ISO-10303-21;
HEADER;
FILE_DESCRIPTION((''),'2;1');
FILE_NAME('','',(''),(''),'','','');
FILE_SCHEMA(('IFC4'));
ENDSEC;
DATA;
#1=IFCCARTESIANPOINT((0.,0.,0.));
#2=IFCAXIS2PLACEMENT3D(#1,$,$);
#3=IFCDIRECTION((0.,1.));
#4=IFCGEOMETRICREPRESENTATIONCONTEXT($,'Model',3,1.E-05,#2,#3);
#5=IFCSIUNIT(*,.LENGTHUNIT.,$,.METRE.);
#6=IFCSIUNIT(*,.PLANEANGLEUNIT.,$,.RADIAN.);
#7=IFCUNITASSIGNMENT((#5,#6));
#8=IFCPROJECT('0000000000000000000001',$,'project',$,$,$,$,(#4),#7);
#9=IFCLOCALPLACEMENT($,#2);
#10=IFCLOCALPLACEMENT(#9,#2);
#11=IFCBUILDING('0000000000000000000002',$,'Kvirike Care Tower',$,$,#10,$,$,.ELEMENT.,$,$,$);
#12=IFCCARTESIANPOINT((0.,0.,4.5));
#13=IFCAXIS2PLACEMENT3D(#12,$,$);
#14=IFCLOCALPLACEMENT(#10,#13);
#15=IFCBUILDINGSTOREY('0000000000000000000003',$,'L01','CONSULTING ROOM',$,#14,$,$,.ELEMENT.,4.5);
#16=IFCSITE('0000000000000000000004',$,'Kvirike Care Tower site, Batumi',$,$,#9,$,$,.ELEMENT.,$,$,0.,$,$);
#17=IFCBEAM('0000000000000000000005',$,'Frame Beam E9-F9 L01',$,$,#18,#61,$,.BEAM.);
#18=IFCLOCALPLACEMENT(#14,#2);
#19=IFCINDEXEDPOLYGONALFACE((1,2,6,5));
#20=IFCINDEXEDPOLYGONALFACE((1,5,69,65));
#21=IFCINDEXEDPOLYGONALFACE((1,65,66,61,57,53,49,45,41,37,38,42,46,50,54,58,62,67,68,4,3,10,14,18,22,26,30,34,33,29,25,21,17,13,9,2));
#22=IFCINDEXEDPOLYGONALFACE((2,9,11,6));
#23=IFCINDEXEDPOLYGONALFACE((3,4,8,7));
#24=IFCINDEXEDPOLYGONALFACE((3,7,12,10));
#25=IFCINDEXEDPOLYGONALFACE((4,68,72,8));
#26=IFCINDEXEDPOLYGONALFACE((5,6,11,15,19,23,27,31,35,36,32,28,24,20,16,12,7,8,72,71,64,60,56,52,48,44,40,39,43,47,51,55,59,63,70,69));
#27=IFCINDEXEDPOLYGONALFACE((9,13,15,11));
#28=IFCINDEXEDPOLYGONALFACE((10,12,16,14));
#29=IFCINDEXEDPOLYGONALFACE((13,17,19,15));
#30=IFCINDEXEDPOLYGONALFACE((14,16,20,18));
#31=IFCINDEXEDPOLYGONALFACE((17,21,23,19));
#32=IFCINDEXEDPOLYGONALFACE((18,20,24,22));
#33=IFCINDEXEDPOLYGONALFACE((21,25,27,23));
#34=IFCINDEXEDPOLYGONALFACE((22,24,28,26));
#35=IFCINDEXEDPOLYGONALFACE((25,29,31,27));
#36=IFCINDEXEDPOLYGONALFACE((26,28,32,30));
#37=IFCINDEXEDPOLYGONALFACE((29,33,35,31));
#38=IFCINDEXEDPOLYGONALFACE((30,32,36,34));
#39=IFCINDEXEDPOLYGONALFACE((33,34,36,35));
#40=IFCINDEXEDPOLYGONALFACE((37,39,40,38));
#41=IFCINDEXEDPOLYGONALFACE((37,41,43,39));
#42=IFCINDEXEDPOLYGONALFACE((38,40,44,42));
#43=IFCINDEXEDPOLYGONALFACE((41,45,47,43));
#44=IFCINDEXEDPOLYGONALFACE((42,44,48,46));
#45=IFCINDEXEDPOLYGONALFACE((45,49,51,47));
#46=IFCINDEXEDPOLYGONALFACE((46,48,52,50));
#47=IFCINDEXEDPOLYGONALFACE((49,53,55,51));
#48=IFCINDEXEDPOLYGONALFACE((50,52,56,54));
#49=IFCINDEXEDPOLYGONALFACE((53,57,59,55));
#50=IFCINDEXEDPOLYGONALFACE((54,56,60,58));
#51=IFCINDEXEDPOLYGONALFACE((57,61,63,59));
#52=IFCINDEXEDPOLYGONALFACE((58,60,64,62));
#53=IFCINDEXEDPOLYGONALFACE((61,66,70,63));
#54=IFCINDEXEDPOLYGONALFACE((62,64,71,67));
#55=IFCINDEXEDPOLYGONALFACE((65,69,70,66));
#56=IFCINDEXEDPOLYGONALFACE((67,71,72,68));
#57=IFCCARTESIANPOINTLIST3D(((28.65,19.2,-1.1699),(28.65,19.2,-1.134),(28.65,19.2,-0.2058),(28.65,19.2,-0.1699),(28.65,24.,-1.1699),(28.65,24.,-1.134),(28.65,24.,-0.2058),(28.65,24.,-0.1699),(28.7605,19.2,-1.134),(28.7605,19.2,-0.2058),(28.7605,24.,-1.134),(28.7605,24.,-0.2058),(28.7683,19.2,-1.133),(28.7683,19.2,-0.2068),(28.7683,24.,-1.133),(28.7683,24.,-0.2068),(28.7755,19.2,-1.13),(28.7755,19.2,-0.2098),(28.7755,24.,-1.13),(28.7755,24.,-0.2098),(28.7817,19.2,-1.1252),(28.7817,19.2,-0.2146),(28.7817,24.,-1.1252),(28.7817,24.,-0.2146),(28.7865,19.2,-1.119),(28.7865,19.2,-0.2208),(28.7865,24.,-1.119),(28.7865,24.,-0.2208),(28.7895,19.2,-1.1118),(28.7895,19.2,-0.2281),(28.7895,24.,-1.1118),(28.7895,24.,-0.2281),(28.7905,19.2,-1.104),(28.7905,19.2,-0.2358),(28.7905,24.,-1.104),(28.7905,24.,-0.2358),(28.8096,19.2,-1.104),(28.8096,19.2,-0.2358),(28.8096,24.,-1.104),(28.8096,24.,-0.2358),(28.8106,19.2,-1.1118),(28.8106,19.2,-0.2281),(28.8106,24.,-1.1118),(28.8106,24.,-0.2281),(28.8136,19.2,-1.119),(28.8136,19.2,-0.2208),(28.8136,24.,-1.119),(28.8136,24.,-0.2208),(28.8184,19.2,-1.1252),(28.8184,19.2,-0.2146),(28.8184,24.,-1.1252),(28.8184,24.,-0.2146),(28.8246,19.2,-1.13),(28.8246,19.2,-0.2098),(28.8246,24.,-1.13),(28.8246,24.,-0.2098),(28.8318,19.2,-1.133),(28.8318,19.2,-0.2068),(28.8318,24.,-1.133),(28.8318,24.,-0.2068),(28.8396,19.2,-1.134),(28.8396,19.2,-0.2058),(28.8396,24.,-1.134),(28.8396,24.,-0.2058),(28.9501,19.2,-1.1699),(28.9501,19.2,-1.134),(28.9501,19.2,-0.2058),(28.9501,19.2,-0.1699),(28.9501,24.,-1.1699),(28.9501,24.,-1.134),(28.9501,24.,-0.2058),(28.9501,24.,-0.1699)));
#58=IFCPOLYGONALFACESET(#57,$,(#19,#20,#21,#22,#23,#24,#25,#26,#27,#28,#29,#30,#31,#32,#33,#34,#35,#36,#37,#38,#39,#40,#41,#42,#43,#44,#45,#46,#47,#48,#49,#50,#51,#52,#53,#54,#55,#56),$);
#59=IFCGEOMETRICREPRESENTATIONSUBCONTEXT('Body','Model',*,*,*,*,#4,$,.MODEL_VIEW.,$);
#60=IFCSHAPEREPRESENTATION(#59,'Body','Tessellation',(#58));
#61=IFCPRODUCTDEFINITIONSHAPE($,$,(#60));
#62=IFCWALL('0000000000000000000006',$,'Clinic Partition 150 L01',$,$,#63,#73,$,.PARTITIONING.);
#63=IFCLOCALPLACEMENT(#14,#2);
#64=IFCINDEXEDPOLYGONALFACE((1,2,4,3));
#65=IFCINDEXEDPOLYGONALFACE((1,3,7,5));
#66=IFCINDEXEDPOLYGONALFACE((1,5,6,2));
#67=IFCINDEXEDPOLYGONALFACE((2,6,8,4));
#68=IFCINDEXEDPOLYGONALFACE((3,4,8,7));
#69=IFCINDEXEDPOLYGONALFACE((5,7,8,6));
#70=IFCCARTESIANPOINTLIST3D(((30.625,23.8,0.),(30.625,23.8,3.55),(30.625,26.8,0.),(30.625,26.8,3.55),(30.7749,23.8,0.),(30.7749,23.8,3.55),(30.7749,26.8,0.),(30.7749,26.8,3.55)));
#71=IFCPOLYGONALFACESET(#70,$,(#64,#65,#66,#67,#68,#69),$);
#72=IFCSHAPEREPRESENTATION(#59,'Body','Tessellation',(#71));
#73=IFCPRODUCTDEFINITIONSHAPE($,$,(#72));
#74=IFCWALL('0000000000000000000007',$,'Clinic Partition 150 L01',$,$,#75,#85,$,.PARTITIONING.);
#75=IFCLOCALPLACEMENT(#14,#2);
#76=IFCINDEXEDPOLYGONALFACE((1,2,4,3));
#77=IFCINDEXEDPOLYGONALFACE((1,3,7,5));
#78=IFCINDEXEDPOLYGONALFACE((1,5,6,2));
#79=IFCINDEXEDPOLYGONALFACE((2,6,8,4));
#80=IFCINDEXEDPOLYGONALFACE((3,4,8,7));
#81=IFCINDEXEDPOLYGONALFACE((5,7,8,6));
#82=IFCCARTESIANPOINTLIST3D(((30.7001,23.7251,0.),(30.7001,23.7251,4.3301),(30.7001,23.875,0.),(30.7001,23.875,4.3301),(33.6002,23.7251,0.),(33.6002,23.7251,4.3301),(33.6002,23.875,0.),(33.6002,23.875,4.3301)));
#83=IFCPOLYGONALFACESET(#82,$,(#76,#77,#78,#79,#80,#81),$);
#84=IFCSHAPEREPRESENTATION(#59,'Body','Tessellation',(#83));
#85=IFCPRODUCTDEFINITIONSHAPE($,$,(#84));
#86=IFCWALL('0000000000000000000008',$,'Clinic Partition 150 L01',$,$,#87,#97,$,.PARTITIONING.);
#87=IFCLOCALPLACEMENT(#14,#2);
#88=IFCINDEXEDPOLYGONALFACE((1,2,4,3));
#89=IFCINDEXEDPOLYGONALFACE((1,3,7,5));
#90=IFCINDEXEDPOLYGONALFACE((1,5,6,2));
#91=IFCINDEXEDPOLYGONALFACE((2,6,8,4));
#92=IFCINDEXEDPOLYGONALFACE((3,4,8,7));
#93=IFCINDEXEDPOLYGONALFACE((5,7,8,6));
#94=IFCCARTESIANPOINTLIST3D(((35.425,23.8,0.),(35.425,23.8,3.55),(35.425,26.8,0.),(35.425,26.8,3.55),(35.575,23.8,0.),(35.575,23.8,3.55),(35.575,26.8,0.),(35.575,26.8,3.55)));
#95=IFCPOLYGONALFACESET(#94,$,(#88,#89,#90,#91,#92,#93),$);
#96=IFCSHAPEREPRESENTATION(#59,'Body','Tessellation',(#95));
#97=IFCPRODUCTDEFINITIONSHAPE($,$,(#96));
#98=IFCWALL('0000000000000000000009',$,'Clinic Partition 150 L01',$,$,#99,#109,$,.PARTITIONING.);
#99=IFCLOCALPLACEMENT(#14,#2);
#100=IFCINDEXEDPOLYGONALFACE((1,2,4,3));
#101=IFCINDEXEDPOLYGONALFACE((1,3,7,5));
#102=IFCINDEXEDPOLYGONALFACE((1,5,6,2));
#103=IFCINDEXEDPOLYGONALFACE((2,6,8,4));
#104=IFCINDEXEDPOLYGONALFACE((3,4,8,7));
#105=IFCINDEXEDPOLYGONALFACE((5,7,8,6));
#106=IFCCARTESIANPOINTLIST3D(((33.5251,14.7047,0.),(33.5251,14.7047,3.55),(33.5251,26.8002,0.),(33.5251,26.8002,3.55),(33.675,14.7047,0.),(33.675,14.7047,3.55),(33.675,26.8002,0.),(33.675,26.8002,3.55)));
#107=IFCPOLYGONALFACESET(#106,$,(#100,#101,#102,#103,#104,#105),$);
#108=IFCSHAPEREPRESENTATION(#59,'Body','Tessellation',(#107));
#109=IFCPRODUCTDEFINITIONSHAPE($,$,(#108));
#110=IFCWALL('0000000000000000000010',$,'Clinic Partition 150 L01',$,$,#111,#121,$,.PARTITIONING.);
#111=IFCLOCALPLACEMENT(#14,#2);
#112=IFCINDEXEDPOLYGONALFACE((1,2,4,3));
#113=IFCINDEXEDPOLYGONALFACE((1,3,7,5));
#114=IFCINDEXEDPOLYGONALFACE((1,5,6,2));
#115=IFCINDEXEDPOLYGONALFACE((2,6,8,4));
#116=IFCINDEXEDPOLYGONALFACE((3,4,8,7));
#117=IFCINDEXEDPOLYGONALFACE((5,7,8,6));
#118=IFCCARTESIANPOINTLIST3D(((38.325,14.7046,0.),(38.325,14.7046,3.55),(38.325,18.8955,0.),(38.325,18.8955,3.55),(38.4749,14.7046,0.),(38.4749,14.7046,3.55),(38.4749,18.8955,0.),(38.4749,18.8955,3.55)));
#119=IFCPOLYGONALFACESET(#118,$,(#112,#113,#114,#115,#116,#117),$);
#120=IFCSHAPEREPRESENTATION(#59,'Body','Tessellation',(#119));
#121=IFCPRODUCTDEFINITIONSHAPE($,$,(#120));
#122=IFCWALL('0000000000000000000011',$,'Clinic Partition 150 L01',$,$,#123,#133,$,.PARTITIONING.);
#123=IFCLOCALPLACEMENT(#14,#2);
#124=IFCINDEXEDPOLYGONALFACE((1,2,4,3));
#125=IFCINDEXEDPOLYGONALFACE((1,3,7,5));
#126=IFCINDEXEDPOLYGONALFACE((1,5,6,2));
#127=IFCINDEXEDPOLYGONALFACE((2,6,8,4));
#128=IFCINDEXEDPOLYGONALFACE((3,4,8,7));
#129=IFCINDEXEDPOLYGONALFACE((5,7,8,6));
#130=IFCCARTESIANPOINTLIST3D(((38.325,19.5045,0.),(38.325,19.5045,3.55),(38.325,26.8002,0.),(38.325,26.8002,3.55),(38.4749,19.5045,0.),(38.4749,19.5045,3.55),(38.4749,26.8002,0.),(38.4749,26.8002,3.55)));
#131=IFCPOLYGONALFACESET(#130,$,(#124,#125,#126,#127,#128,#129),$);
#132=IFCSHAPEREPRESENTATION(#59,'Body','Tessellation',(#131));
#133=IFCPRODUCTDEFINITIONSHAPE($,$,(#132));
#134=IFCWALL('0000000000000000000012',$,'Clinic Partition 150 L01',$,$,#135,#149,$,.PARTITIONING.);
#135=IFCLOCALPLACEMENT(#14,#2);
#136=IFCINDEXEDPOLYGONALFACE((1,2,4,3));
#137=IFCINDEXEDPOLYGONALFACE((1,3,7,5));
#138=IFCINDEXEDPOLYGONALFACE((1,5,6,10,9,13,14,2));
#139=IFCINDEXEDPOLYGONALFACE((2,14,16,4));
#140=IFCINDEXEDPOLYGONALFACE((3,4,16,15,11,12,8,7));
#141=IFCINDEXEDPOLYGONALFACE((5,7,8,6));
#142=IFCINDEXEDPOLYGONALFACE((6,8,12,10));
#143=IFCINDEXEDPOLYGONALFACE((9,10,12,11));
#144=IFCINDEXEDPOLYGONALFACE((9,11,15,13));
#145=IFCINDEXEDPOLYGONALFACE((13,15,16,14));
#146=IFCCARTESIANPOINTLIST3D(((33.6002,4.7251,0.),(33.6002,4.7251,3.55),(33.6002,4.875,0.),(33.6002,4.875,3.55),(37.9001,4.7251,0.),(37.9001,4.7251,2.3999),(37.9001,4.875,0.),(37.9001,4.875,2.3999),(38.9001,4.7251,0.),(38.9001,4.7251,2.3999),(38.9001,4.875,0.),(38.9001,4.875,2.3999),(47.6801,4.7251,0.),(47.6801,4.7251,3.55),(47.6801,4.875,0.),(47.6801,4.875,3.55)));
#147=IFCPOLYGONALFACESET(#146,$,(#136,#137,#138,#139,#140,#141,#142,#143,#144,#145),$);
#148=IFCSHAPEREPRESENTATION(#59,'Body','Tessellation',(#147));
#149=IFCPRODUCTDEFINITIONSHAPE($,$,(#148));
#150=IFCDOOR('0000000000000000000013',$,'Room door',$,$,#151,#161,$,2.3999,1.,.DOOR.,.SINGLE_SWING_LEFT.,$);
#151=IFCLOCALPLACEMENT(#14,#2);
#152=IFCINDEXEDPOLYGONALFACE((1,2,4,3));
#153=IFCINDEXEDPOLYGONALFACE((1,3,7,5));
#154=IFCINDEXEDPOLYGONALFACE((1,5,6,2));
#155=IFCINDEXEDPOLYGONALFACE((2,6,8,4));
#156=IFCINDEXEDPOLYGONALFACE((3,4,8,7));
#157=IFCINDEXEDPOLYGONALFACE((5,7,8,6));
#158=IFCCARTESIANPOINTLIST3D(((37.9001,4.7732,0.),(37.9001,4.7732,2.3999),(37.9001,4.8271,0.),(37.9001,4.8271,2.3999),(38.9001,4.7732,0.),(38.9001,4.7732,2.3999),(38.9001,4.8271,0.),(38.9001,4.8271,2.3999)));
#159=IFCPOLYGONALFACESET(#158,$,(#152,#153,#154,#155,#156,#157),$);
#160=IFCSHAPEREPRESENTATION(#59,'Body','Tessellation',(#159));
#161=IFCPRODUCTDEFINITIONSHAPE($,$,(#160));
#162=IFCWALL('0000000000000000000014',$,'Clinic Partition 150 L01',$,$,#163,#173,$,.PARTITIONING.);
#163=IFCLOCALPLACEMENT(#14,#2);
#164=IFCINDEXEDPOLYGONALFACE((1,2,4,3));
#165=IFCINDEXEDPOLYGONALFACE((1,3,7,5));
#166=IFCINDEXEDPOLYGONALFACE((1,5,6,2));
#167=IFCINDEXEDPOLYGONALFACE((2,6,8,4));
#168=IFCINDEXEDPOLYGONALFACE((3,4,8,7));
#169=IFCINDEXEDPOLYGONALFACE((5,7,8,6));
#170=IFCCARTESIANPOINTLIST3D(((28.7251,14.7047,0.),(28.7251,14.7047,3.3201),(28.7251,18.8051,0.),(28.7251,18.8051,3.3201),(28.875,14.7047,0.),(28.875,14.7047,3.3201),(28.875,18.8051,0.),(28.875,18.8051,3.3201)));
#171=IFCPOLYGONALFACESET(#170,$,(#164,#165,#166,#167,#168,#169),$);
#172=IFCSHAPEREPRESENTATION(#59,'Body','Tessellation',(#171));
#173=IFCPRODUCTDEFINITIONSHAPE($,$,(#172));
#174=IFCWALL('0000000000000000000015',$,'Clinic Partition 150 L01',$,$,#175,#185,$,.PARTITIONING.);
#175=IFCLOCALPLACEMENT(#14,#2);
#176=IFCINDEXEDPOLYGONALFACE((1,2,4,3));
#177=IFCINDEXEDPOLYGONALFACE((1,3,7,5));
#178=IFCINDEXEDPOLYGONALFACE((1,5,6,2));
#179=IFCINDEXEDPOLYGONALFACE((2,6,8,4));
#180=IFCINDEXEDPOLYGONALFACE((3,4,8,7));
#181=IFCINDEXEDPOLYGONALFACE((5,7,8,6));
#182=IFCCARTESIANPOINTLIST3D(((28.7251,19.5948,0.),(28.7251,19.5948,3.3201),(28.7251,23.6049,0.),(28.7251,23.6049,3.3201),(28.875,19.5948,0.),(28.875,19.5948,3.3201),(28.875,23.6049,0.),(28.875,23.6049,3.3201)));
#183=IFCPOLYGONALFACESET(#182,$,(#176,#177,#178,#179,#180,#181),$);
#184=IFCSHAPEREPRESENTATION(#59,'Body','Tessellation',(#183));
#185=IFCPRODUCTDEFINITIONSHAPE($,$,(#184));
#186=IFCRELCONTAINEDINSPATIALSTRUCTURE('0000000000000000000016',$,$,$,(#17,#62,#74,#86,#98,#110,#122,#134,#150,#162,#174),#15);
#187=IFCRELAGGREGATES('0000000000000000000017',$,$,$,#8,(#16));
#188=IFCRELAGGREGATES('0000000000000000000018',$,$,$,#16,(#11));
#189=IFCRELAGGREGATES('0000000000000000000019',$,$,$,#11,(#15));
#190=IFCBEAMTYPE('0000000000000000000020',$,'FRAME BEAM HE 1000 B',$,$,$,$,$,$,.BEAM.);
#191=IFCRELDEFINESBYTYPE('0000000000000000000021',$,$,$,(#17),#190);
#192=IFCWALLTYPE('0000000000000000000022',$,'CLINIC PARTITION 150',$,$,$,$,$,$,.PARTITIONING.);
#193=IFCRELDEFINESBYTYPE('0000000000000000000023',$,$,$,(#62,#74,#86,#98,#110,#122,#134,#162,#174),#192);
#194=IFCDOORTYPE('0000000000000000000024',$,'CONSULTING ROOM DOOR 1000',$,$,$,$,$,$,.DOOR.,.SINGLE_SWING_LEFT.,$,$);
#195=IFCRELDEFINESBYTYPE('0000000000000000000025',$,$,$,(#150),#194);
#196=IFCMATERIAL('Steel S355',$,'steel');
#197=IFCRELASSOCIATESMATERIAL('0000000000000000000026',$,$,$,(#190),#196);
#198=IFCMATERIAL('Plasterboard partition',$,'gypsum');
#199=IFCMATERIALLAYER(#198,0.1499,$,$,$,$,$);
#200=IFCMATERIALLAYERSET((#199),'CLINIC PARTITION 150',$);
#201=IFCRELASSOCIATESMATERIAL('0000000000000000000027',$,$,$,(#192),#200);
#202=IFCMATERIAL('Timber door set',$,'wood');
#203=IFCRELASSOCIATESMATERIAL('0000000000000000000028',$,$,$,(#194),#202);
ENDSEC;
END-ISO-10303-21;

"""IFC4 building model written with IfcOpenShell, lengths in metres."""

from ifc_helpers import new_model, si_unit, direction, frame, frame_2d, origin, origin_2d, place, context, subcontext, project, spatial, rectangle, i_section, extrude, material, layer, layer_set, material_profile, profile_set, type_object, element, fill, save


model = new_model("IFC4")

# Units and contexts
model_context = context("Model", 3, precision=1e-05, world=origin(), true_north=direction((0.0, 1.0)))
body_context = subcontext(model_context, "Body", "Model", "MODEL_VIEW")
ifc_project = project(units=[si_unit("LENGTHUNIT", "METRE"), si_unit("PLANEANGLEUNIT", "RADIAN")], contexts=[model_context])

# Site, building, storey
site_placement = place(None, origin())
site = spatial("IfcSite", under=ifc_project, at=site_placement, Name="Kvirike Care Tower site, Batumi", CompositionType="ELEMENT", RefElevation=0.0)
building_placement = place(site_placement, origin())
building = spatial("IfcBuilding", under=site, at=building_placement, Name="Kvirike Care Tower", CompositionType="ELEMENT")
storey_placement = place(building_placement, frame((0.0, 0.0, 4.5)))
storey = spatial("IfcBuildingStorey", under=building, at=storey_placement, Name="L01", Description="CONSULTING ROOM", CompositionType="ELEMENT", Elevation=4.5)

# Beam
ifc_material_1 = material(Name="Steel S355", Category="steel")
ifc_material_profile_1 = material_profile(ifc_material_1, i_section(OverallWidth=0.3, OverallDepth=1.0, WebThickness=0.019, FlangeThickness=0.0359, FilletRadius=0.03, at=origin_2d()), Name="HE 1000 B")
ifc_profile_set_1 = profile_set([ifc_material_profile_1], Name="Steel S355")
beam_type_1 = type_object("IfcBeamType", Name="FRAME BEAM HE 1000 B", PredefinedType="BEAM", material=ifc_profile_set_1)
for number, where, z_axis, x_axis, name in (
    (1, (28.8, 19.2, -0.6699), (0.0, 1.0, 0.0), (-1.0, 0.0, 0.0), "Frame Beam E9-F9 L01"),
):
    element("IfcBeam", number, at=place(storey_placement, frame(where, z_axis=z_axis, x_axis=x_axis)), inside=storey, type_object=beam_type_1, Name=name, PredefinedType="BEAM", context=body_context, shape_type="SweptSolid", body=[
        extrude(i_section(OverallWidth=0.3, OverallDepth=1.0, WebThickness=0.019, FlangeThickness=0.0359, FilletRadius=0.03, at=origin_2d()), origin(), (0.0, 0.0, 1.0), 4.8),
    ])

# Walls
ifc_material_2 = material(Name="Plasterboard partition", Category="gypsum")
ifc_layer_1 = layer(ifc_material_2, 0.1499)
ifc_layer_set_1 = layer_set([ifc_layer_1], Name="CLINIC PARTITION 150")
wall_type_1 = type_object("IfcWallType", Name="CLINIC PARTITION 150", PredefinedType="PARTITIONING", material=ifc_layer_set_1)
wall_1_placement = place(storey_placement, frame((30.7, 23.8, 0.0), z_axis=(0.0, 0.0, 1.0), x_axis=(0.0, 1.0, 0.0)))
element("IfcWall", 2, at=wall_1_placement, inside=storey, type_object=wall_type_1, Name="Clinic Partition 150 L01", PredefinedType="PARTITIONING", context=body_context, shape_type="SweptSolid", body=[
    extrude(rectangle(XDim=3.0, YDim=0.1499, at=frame_2d((1.5, 0.0))), origin(), (0.0, 0.0, 1.0), 3.55),
])
wall_2_placement = place(storey_placement, frame((30.7, 23.8, 0.0), z_axis=(0.0, 0.0, 1.0), x_axis=(1.0, 0.0, 0.0)))
element("IfcWall", 3, at=wall_2_placement, inside=storey, type_object=wall_type_1, Name="Clinic Partition 150 L01", PredefinedType="PARTITIONING", context=body_context, shape_type="SweptSolid", body=[
    extrude(rectangle(XDim=2.9001, YDim=0.1499, at=frame_2d((1.4502, 0.0))), origin(), (0.0, 0.0, 1.0), 4.3301),
])
wall_3_placement = place(storey_placement, frame((35.5, 23.8, 0.0), z_axis=(0.0, 0.0, 1.0), x_axis=(0.0, 1.0, 0.0)))
element("IfcWall", 4, at=wall_3_placement, inside=storey, type_object=wall_type_1, Name="Clinic Partition 150 L01", PredefinedType="PARTITIONING", context=body_context, shape_type="SweptSolid", body=[
    extrude(rectangle(XDim=3.0, YDim=0.1499, at=frame_2d((1.5, 0.0))), origin(), (0.0, 0.0, 1.0), 3.55),
])
wall_4_placement = place(storey_placement, frame((33.6001, 14.7046, 0.0), z_axis=(0.0, 0.0, 1.0), x_axis=(0.0, 1.0, 0.0)))
element("IfcWall", 5, at=wall_4_placement, inside=storey, type_object=wall_type_1, Name="Clinic Partition 150 L01", PredefinedType="PARTITIONING", context=body_context, shape_type="SweptSolid", body=[
    extrude(rectangle(XDim=12.0955, YDim=0.1499, at=frame_2d((6.0479, 0.0))), origin(), (0.0, 0.0, 1.0), 3.55),
])
wall_5_placement = place(storey_placement, frame((38.3999, 14.7046, 0.0), z_axis=(0.0, 0.0, 1.0), x_axis=(0.0, 1.0, 0.0)))
element("IfcWall", 6, at=wall_5_placement, inside=storey, type_object=wall_type_1, Name="Clinic Partition 150 L01", PredefinedType="PARTITIONING", context=body_context, shape_type="SweptSolid", body=[
    extrude(rectangle(XDim=4.1909, YDim=0.1499, at=frame_2d((2.0955, 0.0))), origin(), (0.0, 0.0, 1.0), 3.55),
])
wall_6_placement = place(storey_placement, frame((38.3999, 19.5044, 0.0), z_axis=(0.0, 0.0, 1.0), x_axis=(0.0, 1.0, 0.0)))
element("IfcWall", 7, at=wall_6_placement, inside=storey, type_object=wall_type_1, Name="Clinic Partition 150 L01", PredefinedType="PARTITIONING", context=body_context, shape_type="SweptSolid", body=[
    extrude(rectangle(XDim=7.2957, YDim=0.1499, at=frame_2d((3.6479, 0.0))), origin(), (0.0, 0.0, 1.0), 3.55),
])

# Wall, opening, door
wall_7_placement = place(storey_placement, frame((33.6001, 4.8, 0.0), z_axis=(0.0, 0.0, 1.0), x_axis=(1.0, 0.0, 0.0)))
wall_7 = element("IfcWall", 8, at=wall_7_placement, inside=storey, type_object=wall_type_1, Name="Clinic Partition 150 L01", PredefinedType="PARTITIONING", context=body_context, shape_type="SweptSolid", body=[
    extrude(rectangle(XDim=14.0798, YDim=0.1499, at=frame_2d((7.04, 0.0))), origin(), (0.0, 0.0, 1.0), 3.55),
])
opening_placement = place(wall_7_placement, frame((4.3, 0.0, 0.0)))
opening = element("IfcOpeningElement", 9, at=opening_placement, cuts=wall_7, PredefinedType="OPENING", context=body_context, shape_type="SweptSolid", body=[
    extrude(rectangle(XDim=1.0, YDim=2.3999, at=frame_2d((0.5, 1.2))), frame((0.0, 0.0854, 0.0), z_axis=(0.0, -1.0, 0.0), x_axis=(1.0, 0.0, 0.0)), (0.0, 0.0, 1.0), 0.1709),
])
ifc_material_3 = material(Name="Timber door set", Category="wood")
door_type = type_object("IfcDoorType", Name="CONSULTING ROOM DOOR 1000", OperationType="SINGLE_SWING_LEFT", PredefinedType="DOOR", material=ifc_material_3)
door_placement = place(opening_placement, frame((1.0, 0.0, 0.0), z_axis=(0.0, 0.0, 1.0), x_axis=(-1.0, 0.0, 0.0)))
door = element("IfcDoor", 10, at=door_placement, inside=storey, type_object=door_type, Name="Room door", OperationType="SINGLE_SWING_LEFT", OverallHeight=2.3999, OverallWidth=1.0, PredefinedType="DOOR", context=body_context, shape_type="SweptSolid", body=[
    extrude(rectangle(XDim=1.0, YDim=2.3999, at=frame_2d((0.5, 1.2))), frame((0.0, 0.0269, 0.0), z_axis=(0.0, -1.0, 0.0), x_axis=(1.0, 0.0, 0.0)), (0.0, 0.0, 1.0), 0.054),
])
fill(opening, door)

# Walls
wall_8_placement = place(storey_placement, frame((28.8, 14.7046, 0.0), z_axis=(0.0, 0.0, 1.0), x_axis=(0.0, 1.0, 0.0)))
element("IfcWall", 11, at=wall_8_placement, inside=storey, type_object=wall_type_1, Name="Clinic Partition 150 L01", PredefinedType="PARTITIONING", context=body_context, shape_type="SweptSolid", body=[
    extrude(rectangle(XDim=4.1003, YDim=0.1499, at=frame_2d((2.0503, 0.0))), origin(), (0.0, 0.0, 1.0), 3.3201),
])
wall_9_placement = place(storey_placement, frame((28.8, 19.595, 0.0), z_axis=(0.0, 0.0, 1.0), x_axis=(0.0, 1.0, 0.0)))
element("IfcWall", 12, at=wall_9_placement, inside=storey, type_object=wall_type_1, Name="Clinic Partition 150 L01", PredefinedType="PARTITIONING", context=body_context, shape_type="SweptSolid", body=[
    extrude(rectangle(XDim=4.01, YDim=0.1499, at=frame_2d((2.0049, 0.0))), origin(), (0.0, 0.0, 1.0), 3.3201),
])

save(model, "model.ifc")
